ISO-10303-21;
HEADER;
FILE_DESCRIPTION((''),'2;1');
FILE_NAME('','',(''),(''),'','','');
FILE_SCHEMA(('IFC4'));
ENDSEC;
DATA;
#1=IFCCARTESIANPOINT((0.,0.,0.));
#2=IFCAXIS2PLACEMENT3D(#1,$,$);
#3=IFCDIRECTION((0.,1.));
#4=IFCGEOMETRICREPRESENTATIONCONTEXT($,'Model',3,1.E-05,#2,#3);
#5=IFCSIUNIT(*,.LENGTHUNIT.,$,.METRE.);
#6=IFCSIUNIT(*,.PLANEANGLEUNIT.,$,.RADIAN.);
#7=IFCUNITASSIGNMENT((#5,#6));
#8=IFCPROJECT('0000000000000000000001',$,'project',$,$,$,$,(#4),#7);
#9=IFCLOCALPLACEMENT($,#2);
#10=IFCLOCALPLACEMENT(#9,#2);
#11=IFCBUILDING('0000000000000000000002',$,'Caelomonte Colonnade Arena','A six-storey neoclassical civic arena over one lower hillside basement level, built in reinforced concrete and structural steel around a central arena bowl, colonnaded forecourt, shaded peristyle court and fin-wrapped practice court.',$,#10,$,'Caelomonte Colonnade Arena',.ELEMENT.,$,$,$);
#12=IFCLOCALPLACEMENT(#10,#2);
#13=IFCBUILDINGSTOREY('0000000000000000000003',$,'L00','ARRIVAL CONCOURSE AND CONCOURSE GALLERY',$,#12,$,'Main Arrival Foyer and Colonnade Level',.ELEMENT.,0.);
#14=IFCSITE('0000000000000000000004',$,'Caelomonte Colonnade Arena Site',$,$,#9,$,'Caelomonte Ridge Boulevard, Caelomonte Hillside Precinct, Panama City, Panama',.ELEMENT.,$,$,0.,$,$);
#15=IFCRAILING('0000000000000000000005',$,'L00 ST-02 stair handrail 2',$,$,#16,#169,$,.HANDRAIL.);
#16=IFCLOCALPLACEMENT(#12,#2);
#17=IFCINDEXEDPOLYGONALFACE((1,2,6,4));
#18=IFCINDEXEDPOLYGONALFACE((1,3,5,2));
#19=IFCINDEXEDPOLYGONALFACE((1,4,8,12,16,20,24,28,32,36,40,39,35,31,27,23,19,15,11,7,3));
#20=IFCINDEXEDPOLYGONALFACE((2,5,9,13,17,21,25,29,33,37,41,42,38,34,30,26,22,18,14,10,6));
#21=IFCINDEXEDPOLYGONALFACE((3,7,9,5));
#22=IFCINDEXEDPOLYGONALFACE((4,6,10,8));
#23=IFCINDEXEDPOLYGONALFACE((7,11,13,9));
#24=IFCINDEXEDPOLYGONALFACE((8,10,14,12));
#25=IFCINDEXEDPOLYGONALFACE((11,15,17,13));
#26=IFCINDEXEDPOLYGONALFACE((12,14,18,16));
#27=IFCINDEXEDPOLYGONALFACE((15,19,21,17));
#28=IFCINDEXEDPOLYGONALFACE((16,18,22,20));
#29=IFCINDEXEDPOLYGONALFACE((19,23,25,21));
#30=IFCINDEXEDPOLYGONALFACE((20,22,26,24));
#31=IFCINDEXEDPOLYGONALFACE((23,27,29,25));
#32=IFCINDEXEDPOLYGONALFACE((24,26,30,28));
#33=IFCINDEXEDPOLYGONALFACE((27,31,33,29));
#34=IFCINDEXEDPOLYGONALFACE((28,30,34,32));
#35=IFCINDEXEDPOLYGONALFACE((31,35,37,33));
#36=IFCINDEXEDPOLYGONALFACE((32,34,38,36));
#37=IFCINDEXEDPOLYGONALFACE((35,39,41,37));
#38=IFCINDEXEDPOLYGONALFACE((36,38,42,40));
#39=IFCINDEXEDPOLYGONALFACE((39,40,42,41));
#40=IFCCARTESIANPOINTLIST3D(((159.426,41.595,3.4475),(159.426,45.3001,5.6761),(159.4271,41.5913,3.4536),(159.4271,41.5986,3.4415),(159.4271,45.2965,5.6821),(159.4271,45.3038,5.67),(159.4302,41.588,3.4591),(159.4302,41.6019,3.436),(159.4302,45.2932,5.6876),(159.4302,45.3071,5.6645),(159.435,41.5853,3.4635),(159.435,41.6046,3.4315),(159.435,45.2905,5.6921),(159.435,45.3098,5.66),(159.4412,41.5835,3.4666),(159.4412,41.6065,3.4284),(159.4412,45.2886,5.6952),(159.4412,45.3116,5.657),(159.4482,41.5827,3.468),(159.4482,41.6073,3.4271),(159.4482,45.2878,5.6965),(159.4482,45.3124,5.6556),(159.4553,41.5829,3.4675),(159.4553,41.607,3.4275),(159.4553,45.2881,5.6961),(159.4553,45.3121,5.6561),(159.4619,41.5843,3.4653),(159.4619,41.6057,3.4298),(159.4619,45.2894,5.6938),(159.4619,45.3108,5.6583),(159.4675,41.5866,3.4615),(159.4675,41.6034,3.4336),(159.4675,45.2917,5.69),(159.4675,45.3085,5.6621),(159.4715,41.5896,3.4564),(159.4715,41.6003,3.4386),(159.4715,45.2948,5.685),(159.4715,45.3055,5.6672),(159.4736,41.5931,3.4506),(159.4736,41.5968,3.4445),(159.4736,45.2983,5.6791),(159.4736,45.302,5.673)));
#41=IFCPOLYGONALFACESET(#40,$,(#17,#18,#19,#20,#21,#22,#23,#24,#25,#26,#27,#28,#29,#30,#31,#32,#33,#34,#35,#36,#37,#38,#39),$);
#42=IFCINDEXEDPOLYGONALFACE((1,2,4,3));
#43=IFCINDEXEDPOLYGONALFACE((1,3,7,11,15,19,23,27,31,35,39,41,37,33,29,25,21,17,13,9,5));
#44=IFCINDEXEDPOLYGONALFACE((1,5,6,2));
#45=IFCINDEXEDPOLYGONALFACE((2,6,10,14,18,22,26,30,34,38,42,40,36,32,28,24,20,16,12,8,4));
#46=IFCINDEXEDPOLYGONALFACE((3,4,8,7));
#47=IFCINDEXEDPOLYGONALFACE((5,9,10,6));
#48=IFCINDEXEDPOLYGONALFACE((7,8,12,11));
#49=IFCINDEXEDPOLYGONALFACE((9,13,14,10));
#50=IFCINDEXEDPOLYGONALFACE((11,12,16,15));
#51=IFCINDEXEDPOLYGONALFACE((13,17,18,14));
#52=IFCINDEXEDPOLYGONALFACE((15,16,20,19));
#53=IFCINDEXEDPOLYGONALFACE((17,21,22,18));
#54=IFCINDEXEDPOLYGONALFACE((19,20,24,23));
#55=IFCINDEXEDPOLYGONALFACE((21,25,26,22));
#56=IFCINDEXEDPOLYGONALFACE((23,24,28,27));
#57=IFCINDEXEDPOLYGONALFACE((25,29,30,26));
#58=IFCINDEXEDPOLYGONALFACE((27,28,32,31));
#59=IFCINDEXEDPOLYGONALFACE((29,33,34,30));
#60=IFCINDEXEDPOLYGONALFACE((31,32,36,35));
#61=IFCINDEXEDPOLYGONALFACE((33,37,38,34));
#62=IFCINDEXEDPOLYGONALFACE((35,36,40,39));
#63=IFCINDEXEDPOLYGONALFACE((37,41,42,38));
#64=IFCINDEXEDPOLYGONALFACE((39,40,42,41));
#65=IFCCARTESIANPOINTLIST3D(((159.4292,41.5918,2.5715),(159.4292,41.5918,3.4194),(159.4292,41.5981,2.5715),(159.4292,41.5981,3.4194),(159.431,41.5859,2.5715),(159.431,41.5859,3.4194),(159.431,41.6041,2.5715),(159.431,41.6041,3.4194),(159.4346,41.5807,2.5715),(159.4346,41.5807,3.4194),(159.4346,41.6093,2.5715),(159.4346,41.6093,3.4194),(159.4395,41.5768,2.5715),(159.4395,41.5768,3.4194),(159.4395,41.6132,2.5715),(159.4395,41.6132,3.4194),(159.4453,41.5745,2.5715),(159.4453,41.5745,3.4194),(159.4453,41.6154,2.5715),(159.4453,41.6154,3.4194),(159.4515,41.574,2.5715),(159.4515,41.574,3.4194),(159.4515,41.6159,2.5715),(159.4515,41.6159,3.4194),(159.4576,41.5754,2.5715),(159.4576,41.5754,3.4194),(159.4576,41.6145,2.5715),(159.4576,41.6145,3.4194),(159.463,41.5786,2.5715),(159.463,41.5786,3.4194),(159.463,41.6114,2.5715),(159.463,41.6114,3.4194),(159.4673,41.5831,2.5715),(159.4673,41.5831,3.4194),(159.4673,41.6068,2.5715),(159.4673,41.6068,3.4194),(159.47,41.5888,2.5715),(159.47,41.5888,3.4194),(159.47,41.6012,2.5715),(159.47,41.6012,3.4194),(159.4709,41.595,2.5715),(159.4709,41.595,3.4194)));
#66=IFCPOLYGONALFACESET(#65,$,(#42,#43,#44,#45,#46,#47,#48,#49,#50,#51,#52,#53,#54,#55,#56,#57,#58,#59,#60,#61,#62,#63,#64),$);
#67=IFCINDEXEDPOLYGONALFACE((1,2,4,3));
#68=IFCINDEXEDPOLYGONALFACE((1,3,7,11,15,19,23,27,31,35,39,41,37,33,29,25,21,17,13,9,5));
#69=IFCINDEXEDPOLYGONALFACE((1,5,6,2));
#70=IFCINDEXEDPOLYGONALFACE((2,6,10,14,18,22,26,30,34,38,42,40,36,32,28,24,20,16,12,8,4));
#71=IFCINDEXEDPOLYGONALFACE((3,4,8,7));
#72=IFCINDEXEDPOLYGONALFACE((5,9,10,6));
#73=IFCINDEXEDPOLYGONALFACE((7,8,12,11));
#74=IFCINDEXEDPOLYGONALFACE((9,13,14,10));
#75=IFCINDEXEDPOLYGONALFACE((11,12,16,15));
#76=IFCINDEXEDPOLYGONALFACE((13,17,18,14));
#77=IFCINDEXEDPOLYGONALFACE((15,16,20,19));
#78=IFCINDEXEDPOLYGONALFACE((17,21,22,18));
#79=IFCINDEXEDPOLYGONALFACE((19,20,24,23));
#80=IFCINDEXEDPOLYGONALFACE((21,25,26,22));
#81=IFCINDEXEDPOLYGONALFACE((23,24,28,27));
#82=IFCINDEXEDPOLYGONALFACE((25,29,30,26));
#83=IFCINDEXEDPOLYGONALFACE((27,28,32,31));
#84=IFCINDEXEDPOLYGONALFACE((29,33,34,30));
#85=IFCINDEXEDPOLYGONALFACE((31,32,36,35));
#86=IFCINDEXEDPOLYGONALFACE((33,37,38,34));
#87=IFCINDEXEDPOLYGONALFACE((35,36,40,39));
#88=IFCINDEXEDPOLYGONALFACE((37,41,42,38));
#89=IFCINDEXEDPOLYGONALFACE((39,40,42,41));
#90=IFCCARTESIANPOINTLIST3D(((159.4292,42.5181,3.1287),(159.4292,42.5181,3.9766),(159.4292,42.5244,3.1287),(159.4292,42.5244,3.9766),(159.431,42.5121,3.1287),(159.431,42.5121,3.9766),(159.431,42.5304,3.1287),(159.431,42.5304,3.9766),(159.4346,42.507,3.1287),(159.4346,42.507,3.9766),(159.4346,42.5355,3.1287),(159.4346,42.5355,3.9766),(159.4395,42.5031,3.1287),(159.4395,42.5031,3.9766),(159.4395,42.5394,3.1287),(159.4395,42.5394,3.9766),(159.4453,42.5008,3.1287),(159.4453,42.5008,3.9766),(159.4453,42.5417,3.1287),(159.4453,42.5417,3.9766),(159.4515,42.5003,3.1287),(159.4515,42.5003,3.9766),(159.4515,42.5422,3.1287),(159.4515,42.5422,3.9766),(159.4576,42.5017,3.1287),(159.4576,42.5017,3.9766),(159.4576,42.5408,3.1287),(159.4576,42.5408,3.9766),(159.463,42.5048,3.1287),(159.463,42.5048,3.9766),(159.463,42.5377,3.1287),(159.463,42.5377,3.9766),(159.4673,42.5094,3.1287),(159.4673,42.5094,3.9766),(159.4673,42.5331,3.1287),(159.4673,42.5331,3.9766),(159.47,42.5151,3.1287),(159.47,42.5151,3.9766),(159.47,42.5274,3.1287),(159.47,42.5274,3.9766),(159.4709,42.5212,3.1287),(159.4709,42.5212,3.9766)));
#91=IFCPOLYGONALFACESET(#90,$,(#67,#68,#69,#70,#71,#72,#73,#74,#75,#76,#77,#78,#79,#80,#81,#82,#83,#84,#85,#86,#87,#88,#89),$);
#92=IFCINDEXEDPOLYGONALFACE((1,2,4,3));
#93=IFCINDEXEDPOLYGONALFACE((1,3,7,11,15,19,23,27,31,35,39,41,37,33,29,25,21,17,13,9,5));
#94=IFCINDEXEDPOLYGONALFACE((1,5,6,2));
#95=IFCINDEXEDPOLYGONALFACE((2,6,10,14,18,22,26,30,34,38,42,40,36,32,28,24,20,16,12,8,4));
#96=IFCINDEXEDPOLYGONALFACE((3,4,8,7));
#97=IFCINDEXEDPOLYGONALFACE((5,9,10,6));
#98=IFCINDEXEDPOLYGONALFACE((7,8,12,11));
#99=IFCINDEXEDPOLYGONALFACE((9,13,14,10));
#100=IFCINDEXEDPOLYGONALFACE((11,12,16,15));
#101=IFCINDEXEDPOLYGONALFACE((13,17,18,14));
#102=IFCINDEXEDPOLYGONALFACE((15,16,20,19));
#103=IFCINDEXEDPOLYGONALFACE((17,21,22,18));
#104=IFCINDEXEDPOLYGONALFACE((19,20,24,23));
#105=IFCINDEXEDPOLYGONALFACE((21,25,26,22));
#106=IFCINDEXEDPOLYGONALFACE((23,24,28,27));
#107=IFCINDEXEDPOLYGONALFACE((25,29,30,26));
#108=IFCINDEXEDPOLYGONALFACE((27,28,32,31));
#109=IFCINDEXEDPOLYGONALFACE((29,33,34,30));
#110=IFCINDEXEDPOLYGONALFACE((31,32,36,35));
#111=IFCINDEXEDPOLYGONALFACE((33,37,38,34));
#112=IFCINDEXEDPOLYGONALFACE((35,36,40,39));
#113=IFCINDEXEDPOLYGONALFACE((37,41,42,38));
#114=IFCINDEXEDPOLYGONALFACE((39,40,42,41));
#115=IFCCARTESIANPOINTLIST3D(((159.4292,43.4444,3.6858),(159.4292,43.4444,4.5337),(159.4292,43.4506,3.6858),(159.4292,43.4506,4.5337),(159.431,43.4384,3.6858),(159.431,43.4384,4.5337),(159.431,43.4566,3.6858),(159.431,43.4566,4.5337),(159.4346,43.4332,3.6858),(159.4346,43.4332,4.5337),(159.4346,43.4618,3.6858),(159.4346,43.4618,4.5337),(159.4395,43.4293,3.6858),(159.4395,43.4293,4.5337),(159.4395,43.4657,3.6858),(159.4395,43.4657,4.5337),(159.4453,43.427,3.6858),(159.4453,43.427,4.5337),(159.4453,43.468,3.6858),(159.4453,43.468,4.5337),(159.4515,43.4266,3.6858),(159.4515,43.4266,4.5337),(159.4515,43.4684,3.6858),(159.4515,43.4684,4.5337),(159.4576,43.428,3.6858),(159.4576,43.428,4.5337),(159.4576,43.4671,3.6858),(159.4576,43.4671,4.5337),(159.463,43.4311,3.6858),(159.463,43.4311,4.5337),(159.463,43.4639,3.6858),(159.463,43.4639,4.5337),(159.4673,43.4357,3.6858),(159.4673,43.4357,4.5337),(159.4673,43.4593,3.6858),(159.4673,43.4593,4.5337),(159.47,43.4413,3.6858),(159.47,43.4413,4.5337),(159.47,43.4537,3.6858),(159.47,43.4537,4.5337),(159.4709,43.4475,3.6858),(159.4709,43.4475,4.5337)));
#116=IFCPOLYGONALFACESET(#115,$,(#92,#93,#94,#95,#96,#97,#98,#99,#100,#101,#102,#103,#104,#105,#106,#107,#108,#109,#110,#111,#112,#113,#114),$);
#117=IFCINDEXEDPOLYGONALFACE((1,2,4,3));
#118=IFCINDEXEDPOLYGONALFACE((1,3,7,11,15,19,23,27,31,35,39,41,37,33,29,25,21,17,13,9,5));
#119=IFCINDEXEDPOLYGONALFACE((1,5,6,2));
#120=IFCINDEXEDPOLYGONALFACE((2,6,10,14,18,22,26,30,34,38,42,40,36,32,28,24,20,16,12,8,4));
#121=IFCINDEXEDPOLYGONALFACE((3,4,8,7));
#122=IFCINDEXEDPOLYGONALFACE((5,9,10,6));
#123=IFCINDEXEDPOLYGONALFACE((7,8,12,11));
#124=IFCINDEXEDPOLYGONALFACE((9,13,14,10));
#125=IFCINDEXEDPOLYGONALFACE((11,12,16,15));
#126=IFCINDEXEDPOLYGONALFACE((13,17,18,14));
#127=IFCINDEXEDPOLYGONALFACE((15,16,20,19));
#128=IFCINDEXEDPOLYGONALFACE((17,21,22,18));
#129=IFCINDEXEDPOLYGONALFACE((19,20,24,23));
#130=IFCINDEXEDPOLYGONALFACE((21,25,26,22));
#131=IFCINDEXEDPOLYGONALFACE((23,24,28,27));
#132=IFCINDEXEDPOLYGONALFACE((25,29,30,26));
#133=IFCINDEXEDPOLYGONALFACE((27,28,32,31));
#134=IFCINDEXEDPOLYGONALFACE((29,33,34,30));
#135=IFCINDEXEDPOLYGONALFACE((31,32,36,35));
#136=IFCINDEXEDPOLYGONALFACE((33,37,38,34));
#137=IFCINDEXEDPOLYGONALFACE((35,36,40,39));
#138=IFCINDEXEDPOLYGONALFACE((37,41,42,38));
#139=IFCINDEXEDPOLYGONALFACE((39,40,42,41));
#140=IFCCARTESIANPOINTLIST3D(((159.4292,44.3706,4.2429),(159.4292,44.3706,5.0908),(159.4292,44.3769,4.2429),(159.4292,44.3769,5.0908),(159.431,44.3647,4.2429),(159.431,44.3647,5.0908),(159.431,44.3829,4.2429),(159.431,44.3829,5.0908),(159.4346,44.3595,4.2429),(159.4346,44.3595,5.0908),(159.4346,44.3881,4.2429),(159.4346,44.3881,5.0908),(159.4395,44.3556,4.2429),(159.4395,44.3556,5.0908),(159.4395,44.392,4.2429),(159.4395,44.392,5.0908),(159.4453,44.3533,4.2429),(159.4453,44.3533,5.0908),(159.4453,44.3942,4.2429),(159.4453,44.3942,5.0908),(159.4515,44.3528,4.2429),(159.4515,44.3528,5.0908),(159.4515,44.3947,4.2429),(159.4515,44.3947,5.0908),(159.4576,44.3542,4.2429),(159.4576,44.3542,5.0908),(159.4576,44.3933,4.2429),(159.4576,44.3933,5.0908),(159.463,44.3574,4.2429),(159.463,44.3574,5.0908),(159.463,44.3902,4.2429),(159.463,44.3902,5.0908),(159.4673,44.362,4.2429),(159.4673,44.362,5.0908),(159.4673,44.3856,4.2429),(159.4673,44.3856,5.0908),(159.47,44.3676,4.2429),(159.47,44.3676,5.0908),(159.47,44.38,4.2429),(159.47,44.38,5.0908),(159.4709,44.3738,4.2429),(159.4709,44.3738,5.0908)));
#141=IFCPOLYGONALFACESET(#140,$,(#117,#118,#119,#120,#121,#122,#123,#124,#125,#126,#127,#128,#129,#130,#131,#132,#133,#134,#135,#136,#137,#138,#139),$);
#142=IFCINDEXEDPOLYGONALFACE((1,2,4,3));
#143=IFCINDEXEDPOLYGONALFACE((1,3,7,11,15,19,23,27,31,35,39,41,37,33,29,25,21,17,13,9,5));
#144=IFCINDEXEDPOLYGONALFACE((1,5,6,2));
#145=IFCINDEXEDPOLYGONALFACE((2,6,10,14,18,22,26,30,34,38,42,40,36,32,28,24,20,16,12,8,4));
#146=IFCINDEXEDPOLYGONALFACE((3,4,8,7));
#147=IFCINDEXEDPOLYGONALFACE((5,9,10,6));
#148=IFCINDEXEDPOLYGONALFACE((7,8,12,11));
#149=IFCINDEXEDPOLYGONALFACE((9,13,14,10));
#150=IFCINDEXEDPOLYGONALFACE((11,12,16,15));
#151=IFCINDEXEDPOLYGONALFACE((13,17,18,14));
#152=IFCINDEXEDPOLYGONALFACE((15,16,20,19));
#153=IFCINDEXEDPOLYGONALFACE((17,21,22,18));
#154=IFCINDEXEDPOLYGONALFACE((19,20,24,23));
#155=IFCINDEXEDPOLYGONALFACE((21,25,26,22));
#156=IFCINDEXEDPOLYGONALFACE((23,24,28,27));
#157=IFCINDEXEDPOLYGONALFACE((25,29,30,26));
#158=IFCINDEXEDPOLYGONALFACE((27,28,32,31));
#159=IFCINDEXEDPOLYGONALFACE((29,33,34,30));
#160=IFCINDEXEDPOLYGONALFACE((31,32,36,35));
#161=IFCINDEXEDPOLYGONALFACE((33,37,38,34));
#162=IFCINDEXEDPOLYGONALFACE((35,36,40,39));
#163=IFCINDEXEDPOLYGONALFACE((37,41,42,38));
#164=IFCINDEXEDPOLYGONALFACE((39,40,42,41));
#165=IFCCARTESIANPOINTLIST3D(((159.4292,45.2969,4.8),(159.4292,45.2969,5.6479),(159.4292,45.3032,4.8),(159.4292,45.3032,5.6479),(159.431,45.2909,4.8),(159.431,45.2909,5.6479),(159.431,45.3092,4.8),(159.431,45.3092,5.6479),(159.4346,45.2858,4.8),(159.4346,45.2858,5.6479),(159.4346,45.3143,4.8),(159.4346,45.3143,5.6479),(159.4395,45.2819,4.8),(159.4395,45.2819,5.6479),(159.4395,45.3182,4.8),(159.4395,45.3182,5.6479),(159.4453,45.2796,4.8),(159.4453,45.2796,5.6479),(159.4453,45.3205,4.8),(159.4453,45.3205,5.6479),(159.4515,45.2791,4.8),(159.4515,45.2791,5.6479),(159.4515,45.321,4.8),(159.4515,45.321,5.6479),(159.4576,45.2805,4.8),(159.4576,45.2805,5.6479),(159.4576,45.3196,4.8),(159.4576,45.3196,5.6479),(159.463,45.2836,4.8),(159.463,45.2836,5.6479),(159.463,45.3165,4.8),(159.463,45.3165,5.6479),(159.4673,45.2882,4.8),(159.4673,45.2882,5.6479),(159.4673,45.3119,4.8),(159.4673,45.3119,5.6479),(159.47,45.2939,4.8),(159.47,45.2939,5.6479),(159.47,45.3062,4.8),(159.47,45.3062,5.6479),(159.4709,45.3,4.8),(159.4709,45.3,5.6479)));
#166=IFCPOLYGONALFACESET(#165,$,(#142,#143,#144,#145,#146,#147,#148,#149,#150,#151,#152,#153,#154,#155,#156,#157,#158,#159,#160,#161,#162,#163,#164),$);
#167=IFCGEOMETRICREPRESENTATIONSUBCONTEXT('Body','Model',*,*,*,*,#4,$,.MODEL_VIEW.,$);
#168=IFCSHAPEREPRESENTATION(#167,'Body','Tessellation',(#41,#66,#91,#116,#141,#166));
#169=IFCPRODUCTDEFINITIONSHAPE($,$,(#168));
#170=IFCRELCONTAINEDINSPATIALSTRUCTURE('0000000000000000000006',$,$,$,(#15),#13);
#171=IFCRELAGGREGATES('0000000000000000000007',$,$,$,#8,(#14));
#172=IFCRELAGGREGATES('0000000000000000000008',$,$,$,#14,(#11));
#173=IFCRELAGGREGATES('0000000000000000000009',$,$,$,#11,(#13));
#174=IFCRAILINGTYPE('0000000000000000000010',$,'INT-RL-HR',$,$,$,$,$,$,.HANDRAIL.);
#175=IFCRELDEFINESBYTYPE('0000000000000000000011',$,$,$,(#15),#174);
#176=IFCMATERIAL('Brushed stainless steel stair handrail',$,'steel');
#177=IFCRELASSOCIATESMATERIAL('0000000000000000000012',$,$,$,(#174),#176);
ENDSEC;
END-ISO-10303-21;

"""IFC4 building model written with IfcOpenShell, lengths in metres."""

from ifc_helpers import new_model, si_unit, direction, frame, origin, origin_2d, place, context, subcontext, project, spatial, circle, extrude, material, type_object, element, save


model = new_model("IFC4")

# Units and contexts
model_context = context("Model", 3, precision=1e-05, world=origin(), true_north=direction((0.0, 1.0)))
body_context = subcontext(model_context, "Body", "Model", "MODEL_VIEW")
ifc_project = project(units=[si_unit("LENGTHUNIT", "METRE"), si_unit("PLANEANGLEUNIT", "RADIAN")], contexts=[model_context])

# Site, building, storey
site_placement = place(None, origin())
site = spatial("IfcSite", under=ifc_project, at=site_placement, Name="Caelomonte Colonnade Arena Site", LongName="Caelomonte Ridge Boulevard, Caelomonte Hillside Precinct, Panama City, Panama", CompositionType="ELEMENT", RefElevation=0.0)
building_placement = place(site_placement, origin())
building = spatial("IfcBuilding", under=site, at=building_placement, Name="Caelomonte Colonnade Arena", Description="A six-storey neoclassical civic arena over one lower hillside basement level, built in reinforced concrete and structural steel around a central arena bowl, colonnaded forecourt, shaded peristyle court and fin-wrapped practice court.", LongName="Caelomonte Colonnade Arena", CompositionType="ELEMENT")
storey_placement = place(building_placement, origin())
storey = spatial("IfcBuildingStorey", under=building, at=storey_placement, Name="L00", Description="ARRIVAL CONCOURSE AND CONCOURSE GALLERY", LongName="Main Arrival Foyer and Colonnade Level", CompositionType="ELEMENT", Elevation=0.0)

# Railing
ifc_material_1 = material(Name="Brushed stainless steel stair handrail", Category="steel")
railing_type_1 = type_object("IfcRailingType", Name="INT-RL-HR", PredefinedType="HANDRAIL", material=ifc_material_1)
railing_1_placement = place(storey_placement, frame((159.45, 41.595, 2.5715)))
element("IfcRailing", 1, at=railing_1_placement, inside=storey, type_object=railing_type_1, Name="L00 ST-02 stair handrail 2", PredefinedType="HANDRAIL", context=body_context, shape_type="SweptSolid", body=[
    extrude(circle(Radius=0.0239, at=origin_2d()), frame((0.0, 0.0, 0.876), z_axis=(0.0, 0.856934, 0.515425), x_axis=(-1.0, 0.0, 0.0)), (0.0, 0.0, 1.0), 4.3237),
    extrude(circle(Radius=0.021, at=origin_2d()), origin(), (0.0, 0.0, 1.0), 0.8479),
    extrude(circle(Radius=0.021, at=origin_2d()), frame((0.0, 0.9263, 0.5571)), (0.0, 0.0, 1.0), 0.8479),
    extrude(circle(Radius=0.021, at=origin_2d()), frame((0.0, 1.8525, 1.1143)), (0.0, 0.0, 1.0), 0.8479),
    extrude(circle(Radius=0.021, at=origin_2d()), frame((0.0, 2.7788, 1.6714)), (0.0, 0.0, 1.0), 0.8479),
    extrude(circle(Radius=0.021, at=origin_2d()), frame((0.0, 3.7051, 2.2285)), (0.0, 0.0, 1.0), 0.8479),
])

save(model, "model.ifc")
